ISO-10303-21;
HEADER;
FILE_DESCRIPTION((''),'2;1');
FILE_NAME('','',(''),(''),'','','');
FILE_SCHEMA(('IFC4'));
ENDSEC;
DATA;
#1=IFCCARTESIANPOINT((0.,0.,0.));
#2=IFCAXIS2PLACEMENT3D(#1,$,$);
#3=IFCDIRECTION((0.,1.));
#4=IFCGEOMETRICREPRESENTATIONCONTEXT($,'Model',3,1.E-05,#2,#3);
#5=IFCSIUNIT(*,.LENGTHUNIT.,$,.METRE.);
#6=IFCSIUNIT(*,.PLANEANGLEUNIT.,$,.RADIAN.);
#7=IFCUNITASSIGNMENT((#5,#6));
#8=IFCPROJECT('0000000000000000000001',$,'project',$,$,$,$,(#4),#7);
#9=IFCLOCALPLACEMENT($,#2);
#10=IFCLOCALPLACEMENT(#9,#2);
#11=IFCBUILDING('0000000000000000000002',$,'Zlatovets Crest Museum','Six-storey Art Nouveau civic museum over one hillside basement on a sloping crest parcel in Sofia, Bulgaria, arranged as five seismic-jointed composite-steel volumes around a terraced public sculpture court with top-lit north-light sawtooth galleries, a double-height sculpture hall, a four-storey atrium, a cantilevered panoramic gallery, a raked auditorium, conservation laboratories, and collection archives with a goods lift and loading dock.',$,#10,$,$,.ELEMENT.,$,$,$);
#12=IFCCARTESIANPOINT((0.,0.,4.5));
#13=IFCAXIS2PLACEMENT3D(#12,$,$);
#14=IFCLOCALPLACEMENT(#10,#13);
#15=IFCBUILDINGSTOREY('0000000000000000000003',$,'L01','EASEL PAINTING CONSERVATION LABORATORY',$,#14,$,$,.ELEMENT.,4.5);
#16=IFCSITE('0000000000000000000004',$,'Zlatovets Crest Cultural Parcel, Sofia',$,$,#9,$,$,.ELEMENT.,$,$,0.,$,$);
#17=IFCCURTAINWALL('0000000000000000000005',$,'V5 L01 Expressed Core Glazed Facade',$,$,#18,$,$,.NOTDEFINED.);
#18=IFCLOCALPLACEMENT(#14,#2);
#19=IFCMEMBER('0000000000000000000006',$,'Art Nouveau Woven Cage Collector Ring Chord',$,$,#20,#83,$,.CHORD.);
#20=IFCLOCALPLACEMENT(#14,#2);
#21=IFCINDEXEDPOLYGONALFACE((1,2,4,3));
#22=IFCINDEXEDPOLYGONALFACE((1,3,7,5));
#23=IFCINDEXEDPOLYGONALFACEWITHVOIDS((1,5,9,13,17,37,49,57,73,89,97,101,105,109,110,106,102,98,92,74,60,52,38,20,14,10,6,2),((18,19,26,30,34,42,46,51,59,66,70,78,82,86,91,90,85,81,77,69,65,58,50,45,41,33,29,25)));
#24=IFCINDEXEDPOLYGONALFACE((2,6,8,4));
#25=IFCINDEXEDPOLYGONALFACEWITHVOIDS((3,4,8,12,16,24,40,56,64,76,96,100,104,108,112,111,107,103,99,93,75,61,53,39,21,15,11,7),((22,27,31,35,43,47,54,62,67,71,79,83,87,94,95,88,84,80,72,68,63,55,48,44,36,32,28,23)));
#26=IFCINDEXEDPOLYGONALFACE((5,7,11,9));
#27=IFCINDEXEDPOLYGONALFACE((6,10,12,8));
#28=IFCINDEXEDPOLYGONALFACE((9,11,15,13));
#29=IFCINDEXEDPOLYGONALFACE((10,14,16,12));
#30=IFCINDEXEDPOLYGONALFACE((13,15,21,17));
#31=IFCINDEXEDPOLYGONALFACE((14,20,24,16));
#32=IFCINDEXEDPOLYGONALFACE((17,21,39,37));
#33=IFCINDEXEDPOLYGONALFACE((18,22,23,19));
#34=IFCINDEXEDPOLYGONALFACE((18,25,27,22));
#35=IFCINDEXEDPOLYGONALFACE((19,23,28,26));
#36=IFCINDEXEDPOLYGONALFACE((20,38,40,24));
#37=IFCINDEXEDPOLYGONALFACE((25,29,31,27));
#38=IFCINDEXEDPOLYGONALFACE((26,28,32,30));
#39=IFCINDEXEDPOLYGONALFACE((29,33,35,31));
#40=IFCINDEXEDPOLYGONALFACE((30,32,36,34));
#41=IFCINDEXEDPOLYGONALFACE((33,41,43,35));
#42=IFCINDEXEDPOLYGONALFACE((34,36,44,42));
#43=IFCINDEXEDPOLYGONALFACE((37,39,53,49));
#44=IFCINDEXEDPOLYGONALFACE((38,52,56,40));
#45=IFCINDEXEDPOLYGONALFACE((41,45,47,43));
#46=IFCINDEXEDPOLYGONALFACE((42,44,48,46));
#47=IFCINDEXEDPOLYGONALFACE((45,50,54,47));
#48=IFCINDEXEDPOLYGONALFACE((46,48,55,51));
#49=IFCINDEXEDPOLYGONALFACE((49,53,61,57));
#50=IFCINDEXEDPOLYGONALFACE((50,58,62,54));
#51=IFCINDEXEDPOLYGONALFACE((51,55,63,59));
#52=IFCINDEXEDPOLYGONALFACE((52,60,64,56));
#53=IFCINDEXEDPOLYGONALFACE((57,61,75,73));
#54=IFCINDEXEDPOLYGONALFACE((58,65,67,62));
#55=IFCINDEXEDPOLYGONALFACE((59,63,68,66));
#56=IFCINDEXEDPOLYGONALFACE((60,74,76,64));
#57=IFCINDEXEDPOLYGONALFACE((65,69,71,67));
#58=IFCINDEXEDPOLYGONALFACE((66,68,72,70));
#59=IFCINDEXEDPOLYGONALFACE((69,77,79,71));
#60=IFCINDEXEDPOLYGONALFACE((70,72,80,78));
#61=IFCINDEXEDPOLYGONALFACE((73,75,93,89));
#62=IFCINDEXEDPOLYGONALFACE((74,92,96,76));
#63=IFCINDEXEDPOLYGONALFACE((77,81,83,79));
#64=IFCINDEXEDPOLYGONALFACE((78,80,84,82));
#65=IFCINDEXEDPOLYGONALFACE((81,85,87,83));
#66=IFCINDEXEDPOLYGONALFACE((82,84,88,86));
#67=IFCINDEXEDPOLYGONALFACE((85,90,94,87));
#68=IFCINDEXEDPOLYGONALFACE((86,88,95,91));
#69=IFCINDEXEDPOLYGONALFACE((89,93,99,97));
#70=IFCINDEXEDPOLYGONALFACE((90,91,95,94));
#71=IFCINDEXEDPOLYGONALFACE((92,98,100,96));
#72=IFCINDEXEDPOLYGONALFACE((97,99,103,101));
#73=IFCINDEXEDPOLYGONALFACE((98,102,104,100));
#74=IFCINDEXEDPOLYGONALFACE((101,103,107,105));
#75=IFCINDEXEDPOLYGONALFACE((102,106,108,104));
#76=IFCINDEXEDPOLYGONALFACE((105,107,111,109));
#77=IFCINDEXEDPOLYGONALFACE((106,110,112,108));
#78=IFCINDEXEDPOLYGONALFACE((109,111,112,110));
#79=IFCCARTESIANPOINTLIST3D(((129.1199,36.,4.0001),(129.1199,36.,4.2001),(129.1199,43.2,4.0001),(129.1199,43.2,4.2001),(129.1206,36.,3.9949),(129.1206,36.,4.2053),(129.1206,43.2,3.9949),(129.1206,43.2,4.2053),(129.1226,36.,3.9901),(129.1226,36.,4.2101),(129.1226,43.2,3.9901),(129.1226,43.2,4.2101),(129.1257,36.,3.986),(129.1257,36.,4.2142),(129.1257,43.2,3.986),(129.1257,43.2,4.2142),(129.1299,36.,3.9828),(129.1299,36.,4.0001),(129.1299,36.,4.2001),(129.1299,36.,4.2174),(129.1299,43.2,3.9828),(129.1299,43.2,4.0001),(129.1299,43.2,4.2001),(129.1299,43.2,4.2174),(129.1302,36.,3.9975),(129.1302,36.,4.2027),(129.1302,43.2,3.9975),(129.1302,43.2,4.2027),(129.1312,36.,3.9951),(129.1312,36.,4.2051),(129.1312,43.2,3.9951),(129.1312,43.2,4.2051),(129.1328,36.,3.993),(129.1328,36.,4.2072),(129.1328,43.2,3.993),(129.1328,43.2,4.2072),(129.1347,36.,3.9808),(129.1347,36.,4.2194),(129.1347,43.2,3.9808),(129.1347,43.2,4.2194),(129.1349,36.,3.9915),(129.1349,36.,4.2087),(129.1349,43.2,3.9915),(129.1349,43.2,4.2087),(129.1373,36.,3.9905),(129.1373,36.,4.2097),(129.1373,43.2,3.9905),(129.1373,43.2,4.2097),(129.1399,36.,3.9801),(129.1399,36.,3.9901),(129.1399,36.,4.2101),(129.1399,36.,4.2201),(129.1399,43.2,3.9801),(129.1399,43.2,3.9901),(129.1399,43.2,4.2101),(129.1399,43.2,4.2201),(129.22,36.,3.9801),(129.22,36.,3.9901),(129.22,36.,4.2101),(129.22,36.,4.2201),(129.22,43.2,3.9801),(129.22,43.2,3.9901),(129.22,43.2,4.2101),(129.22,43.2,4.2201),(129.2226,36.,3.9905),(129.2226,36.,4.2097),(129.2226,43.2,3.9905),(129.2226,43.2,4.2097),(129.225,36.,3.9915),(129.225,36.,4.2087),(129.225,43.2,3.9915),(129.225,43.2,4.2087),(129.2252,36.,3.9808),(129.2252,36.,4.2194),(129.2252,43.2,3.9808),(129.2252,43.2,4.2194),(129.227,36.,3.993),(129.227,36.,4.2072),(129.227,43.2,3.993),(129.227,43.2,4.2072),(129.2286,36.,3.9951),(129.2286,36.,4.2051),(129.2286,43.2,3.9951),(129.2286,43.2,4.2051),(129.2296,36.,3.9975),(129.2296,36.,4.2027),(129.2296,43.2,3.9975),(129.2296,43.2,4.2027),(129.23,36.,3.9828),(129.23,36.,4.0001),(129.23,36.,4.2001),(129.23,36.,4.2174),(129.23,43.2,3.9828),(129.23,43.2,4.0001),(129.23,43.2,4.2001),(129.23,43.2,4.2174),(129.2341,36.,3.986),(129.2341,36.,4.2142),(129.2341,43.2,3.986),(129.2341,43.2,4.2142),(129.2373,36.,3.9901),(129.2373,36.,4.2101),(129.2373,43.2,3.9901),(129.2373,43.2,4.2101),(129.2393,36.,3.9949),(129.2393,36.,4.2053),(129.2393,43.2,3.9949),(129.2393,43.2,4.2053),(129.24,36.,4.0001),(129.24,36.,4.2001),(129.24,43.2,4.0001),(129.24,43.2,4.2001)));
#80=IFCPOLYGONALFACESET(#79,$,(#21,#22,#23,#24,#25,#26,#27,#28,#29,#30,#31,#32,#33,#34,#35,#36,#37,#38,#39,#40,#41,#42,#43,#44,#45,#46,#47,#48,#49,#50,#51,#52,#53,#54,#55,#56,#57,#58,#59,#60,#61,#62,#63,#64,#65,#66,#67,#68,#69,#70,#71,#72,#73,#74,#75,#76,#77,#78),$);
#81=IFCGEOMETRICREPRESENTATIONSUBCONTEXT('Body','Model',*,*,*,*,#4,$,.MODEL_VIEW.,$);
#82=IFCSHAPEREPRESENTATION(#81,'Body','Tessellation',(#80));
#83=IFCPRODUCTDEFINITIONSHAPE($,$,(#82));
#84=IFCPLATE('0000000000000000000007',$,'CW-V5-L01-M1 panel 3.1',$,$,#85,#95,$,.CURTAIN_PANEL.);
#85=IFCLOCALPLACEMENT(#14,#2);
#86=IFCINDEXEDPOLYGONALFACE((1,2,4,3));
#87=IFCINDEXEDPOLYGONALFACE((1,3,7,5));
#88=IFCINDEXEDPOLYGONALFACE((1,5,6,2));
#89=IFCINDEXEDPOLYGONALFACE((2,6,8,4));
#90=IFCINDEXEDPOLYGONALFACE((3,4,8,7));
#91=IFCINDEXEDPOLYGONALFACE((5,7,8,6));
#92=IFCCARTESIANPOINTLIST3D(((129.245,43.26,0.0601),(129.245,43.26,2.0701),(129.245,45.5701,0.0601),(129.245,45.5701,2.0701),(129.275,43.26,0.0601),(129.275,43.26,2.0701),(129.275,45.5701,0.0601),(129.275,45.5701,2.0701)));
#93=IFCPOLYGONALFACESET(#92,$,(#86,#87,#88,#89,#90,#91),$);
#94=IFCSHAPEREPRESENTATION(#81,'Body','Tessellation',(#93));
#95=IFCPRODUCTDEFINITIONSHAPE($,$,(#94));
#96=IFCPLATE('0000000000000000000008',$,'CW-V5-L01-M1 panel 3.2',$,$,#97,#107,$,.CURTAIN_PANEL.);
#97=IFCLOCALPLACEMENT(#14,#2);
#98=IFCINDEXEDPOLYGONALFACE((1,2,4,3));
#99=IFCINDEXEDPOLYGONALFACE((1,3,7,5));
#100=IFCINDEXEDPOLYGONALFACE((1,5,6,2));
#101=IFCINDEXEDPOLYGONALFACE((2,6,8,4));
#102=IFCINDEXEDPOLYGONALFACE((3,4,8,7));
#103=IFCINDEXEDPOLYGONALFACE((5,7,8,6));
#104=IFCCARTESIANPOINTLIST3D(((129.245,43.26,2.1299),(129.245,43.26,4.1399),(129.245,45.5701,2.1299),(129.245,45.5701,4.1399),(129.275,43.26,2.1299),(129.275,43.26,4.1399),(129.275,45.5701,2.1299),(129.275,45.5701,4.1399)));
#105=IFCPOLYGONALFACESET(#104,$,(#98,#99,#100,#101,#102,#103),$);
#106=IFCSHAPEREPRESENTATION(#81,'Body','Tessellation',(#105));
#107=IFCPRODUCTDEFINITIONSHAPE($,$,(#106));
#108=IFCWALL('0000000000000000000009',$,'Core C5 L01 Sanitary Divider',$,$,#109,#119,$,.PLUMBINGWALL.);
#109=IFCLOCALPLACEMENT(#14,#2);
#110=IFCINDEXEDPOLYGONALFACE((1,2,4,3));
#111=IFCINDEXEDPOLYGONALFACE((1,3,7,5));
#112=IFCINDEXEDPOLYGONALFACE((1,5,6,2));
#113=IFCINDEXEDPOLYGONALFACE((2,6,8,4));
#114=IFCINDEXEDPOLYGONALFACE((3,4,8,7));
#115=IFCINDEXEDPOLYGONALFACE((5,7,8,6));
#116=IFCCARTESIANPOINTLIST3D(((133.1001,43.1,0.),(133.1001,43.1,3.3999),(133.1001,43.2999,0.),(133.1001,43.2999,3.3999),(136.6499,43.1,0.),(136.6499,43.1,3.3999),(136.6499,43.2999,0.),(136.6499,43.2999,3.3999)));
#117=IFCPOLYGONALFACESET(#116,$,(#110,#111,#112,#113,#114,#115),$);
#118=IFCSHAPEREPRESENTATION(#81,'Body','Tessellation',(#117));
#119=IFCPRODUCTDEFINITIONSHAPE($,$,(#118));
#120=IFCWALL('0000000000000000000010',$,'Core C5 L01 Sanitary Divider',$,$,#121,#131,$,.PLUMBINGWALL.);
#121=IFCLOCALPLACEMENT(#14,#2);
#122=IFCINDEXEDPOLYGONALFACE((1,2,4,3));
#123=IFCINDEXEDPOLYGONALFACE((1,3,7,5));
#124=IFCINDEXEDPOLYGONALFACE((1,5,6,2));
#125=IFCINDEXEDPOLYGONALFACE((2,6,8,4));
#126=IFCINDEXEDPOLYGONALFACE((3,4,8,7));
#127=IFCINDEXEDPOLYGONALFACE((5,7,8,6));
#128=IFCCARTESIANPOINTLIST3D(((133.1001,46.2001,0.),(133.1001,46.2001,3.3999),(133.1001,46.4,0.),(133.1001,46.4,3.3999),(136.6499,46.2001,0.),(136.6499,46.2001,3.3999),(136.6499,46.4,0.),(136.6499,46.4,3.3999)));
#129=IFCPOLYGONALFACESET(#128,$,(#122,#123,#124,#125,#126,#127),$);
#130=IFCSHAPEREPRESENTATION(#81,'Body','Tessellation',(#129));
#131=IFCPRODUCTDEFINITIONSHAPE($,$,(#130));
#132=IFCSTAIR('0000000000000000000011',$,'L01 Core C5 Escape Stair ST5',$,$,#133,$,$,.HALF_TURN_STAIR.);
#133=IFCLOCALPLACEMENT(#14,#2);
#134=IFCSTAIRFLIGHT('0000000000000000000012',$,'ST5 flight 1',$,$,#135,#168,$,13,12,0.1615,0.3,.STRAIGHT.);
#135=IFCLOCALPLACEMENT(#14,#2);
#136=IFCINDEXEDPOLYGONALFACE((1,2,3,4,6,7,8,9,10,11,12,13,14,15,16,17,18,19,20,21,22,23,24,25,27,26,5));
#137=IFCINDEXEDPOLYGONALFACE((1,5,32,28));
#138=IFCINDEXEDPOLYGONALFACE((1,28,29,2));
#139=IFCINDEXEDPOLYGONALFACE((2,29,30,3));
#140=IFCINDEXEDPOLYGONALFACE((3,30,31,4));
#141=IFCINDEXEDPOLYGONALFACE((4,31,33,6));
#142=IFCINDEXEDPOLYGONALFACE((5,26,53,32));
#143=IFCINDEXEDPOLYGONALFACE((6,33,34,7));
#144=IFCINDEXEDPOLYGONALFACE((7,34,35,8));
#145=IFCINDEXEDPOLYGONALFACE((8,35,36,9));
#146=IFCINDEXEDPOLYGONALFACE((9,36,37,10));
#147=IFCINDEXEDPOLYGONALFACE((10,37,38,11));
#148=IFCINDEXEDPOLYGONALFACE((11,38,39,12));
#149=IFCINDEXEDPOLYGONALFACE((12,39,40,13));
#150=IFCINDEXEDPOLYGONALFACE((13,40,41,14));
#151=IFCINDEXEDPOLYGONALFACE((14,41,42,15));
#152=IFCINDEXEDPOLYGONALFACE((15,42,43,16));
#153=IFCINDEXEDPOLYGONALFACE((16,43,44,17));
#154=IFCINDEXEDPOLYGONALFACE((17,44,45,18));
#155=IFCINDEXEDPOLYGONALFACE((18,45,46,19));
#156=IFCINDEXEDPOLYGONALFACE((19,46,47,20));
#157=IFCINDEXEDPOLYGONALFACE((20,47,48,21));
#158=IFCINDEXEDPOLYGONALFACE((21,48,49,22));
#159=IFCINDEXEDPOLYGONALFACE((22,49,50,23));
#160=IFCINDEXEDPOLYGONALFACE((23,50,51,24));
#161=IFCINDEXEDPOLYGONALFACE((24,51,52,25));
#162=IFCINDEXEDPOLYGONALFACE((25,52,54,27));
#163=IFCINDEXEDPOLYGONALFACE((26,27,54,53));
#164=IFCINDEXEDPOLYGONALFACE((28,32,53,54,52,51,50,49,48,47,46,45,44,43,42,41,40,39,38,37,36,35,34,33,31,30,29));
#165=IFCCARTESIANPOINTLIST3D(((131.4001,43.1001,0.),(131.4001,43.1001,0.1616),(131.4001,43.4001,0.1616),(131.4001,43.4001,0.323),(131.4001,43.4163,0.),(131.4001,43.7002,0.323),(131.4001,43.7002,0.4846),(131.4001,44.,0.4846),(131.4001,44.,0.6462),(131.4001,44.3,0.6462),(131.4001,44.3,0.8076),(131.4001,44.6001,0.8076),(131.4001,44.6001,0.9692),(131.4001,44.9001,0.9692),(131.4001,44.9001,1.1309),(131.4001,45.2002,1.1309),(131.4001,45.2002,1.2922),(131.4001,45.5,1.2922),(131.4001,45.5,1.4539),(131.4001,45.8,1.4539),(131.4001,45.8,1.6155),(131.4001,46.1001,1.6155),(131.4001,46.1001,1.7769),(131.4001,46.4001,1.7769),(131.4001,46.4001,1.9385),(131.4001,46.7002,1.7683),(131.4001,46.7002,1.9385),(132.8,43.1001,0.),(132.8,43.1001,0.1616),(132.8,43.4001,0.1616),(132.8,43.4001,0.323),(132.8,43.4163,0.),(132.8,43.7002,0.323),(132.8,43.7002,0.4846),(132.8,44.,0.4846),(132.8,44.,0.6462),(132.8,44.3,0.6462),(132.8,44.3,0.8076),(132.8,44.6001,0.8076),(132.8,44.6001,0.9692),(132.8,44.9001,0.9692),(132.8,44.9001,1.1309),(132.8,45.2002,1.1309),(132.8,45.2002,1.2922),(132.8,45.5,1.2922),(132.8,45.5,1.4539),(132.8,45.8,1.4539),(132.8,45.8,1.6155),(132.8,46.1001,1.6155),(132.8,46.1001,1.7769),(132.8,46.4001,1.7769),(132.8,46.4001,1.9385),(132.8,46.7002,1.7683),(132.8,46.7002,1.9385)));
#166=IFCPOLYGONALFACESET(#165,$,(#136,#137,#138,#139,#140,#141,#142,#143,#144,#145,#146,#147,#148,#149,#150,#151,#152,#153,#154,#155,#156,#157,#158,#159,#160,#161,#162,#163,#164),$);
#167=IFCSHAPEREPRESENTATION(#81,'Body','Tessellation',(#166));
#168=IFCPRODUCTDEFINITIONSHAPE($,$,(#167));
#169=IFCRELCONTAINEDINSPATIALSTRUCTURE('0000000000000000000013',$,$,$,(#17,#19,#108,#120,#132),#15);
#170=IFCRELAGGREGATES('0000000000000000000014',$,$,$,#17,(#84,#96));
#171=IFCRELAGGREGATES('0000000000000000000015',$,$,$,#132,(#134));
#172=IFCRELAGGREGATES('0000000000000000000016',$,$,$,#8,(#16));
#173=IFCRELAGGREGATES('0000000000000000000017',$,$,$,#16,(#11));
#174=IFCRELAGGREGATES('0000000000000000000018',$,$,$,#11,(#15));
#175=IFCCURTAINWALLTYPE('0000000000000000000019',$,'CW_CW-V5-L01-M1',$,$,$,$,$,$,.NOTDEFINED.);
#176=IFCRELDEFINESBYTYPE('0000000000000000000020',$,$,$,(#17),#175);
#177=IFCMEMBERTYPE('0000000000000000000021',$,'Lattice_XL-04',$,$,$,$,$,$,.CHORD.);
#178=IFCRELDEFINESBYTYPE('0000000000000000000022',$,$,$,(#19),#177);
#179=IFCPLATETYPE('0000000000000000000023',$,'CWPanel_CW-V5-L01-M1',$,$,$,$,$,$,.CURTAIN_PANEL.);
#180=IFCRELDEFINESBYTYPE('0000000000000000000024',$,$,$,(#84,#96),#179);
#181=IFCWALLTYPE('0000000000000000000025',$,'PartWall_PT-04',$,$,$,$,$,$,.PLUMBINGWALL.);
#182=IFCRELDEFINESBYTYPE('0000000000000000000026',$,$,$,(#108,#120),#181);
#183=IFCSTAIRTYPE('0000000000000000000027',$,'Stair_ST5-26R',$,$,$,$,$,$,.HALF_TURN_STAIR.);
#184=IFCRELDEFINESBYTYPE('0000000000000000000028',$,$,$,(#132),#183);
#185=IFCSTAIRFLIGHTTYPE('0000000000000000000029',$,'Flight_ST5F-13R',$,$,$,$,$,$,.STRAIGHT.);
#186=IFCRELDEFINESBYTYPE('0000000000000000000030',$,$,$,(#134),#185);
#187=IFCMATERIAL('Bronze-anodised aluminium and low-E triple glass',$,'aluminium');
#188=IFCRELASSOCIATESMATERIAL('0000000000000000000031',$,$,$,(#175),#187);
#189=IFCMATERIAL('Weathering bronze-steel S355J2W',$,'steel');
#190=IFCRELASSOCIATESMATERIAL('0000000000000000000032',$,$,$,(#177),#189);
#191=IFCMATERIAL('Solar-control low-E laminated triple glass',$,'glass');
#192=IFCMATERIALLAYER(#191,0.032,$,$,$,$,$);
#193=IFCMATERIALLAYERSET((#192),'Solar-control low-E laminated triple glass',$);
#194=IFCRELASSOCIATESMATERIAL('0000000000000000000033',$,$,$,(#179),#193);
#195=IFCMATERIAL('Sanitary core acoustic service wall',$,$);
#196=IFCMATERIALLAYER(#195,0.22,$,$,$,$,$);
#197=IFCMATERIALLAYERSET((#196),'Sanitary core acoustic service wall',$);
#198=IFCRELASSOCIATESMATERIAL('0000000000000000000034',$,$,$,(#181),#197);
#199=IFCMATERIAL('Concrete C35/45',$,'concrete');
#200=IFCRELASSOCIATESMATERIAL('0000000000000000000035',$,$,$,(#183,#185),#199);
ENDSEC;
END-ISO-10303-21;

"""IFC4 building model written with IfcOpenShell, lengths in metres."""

from ifc_helpers import new_model, si_unit, direction, frame, frame_2d, origin, origin_2d, place, context, subcontext, project, spatial, polyline, rectangle, hollow_rectangle, outline, extrude, material, layer, layer_set, material_profile, profile_set, type_object, element, aggregate, save


model = new_model("IFC4")

# Units and contexts
model_context = context("Model", 3, precision=1e-05, world=origin(), true_north=direction((0.0, 1.0)))
body_context = subcontext(model_context, "Body", "Model", "MODEL_VIEW")
ifc_project = project(units=[si_unit("LENGTHUNIT", "METRE"), si_unit("PLANEANGLEUNIT", "RADIAN")], contexts=[model_context])

# Site, building, storey
site_placement = place(None, origin())
site = spatial("IfcSite", under=ifc_project, at=site_placement, Name="Zlatovets Crest Cultural Parcel, Sofia", CompositionType="ELEMENT", RefElevation=0.0)
building_placement = place(site_placement, origin())
building = spatial("IfcBuilding", under=site, at=building_placement, Name="Zlatovets Crest Museum", Description="Six-storey Art Nouveau civic museum over one hillside basement on a sloping crest parcel in Sofia, Bulgaria, arranged as five seismic-jointed composite-steel volumes around a terraced public sculpture court with top-lit north-light sawtooth galleries, a double-height sculpture hall, a four-storey atrium, a cantilevered panoramic gallery, a raked auditorium, conservation laboratories, and collection archives with a goods lift and loading dock.", CompositionType="ELEMENT")
storey_placement = place(building_placement, frame((0.0, 0.0, 4.5)))
storey = spatial("IfcBuildingStorey", under=building, at=storey_placement, Name="L01", Description="EASEL PAINTING CONSERVATION LABORATORY", CompositionType="ELEMENT", Elevation=4.5)

# Curtain wall
ifc_material_1 = material(Name="Bronze-anodised aluminium and low-E triple glass", Category="aluminium")
curtain_wall_type_1 = type_object("IfcCurtainWallType", Name="CW_CW-V5-L01-M1", PredefinedType="NOTDEFINED", material=ifc_material_1)
curtain_wall_1_placement = place(storey_placement, origin())
curtain_wall_1 = element("IfcCurtainWall", 1, at=curtain_wall_1_placement, inside=storey, type_object=curtain_wall_type_1, Name="V5 L01 Expressed Core Glazed Facade", PredefinedType="NOTDEFINED")

# Member
ifc_material_2 = material(Name="Weathering bronze-steel S355J2W", Category="steel")
ifc_material_profile_1 = material_profile(ifc_material_2, hollow_rectangle(XDim=0.1201, YDim=0.24, WallThickness=0.01, InnerFilletRadius=0.01, OuterFilletRadius=0.02, at=origin_2d()), Name="RHS 120x240x10.0")
ifc_profile_set_1 = profile_set([ifc_material_profile_1], Name="Weathering bronze-steel S355J2W")
member_type_1 = type_object("IfcMemberType", Name="Lattice_XL-04", PredefinedType="CHORD", material=ifc_profile_set_1)
member_1_placement = place(storey_placement, frame((129.1799, 43.2, 4.1001), z_axis=(0.0, -1.0, 0.0), x_axis=(1.0, 0.0, 0.0)))
element("IfcMember", 2, at=member_1_placement, inside=storey, type_object=member_type_1, Name="Art Nouveau Woven Cage Collector Ring Chord", PredefinedType="CHORD", context=body_context, shape_type="SweptSolid", body=[
    extrude(hollow_rectangle(XDim=0.1201, YDim=0.24, WallThickness=0.01, InnerFilletRadius=0.01, OuterFilletRadius=0.02, at=origin_2d()), origin(), (0.0, 0.0, 1.0), 7.2),
])

# Plates
ifc_material_3 = material(Name="Solar-control low-E laminated triple glass", Category="glass")
ifc_layer_1 = layer(ifc_material_3, 0.032)
ifc_layer_set_1 = layer_set([ifc_layer_1], Name="Solar-control low-E laminated triple glass")
plate_type = type_object("IfcPlateType", Name="CWPanel_CW-V5-L01-M1", PredefinedType="CURTAIN_PANEL", material=ifc_layer_set_1)
plate_1_placement = place(storey_placement, frame((129.26, 44.415, 0.0601), z_axis=(0.0, 0.0, 1.0), x_axis=(0.0, -1.0, 0.0)))
plate_1 = element("IfcPlate", 3, at=plate_1_placement, type_object=plate_type, Name="CW-V5-L01-M1 panel 3.1", PredefinedType="CURTAIN_PANEL", context=body_context, shape_type="SweptSolid", body=[
    extrude(rectangle(XDim=2.3101, YDim=0.03, at=origin_2d()), origin(), (0.0, 0.0, 1.0), 2.01),
])
plate_2_placement = place(storey_placement, frame((129.26, 44.415, 2.1299), z_axis=(0.0, 0.0, 1.0), x_axis=(0.0, -1.0, 0.0)))
plate_2 = element("IfcPlate", 4, at=plate_2_placement, type_object=plate_type, Name="CW-V5-L01-M1 panel 3.2", PredefinedType="CURTAIN_PANEL", context=body_context, shape_type="SweptSolid", body=[
    extrude(rectangle(XDim=2.3101, YDim=0.03, at=origin_2d()), origin(), (0.0, 0.0, 1.0), 2.01),
])
aggregate(curtain_wall_1, [plate_1, plate_2])

# Walls
ifc_material_4 = material(Name="Sanitary core acoustic service wall")
ifc_layer_2 = layer(ifc_material_4, 0.22)
ifc_layer_set_2 = layer_set([ifc_layer_2], Name="Sanitary core acoustic service wall")
wall_type = type_object("IfcWallType", Name="PartWall_PT-04", PredefinedType="PLUMBINGWALL", material=ifc_layer_set_2)
for number, where, z_axis, x_axis, name in (
    (5, (133.1001, 43.2, 0.0), (0.0, 0.0, 1.0), (1.0, 0.0, 0.0), "Core C5 L01 Sanitary Divider"),
    (6, (133.1001, 46.3, 0.0), (0.0, 0.0, 1.0), (1.0, 0.0, 0.0), "Core C5 L01 Sanitary Divider"),
):
    element("IfcWall", number, at=place(storey_placement, frame(where, z_axis=z_axis, x_axis=x_axis)), inside=storey, type_object=wall_type, Name=name, PredefinedType="PLUMBINGWALL", context=body_context, shape_type="SweptSolid", body=[
        extrude(rectangle(XDim=3.5498, YDim=0.2, at=frame_2d((1.7749, 0.0))), origin(), (0.0, 0.0, 1.0), 3.3999),
    ])

# Stair, stair flight
ifc_material_5 = material(Name="Concrete C35/45", Category="concrete")
stair_type = type_object("IfcStairType", Name="Stair_ST5-26R", PredefinedType="HALF_TURN_STAIR", material=ifc_material_5)
stair_placement = place(storey_placement, origin())
stair = element("IfcStair", 7, at=stair_placement, inside=storey, type_object=stair_type, Name="L01 Core C5 Escape Stair ST5", PredefinedType="HALF_TURN_STAIR")
stair_flight_type = type_object("IfcStairFlightType", Name="Flight_ST5F-13R", PredefinedType="STRAIGHT", material=ifc_material_5)
stair_flight_1_placement = place(storey_placement, frame((132.1001, 43.1001, 0.0), z_axis=(0.0, 0.0, 1.0), x_axis=(0.0, 1.0, 0.0)))
stair_flight_1 = element("IfcStairFlight", 8, at=stair_flight_1_placement, type_object=stair_flight_type, Name="ST5 flight 1", NumberOfRisers=13, NumberOfTreads=12, PredefinedType="STRAIGHT", RiserHeight=0.1615, TreadLength=0.3, context=body_context, shape_type="SweptSolid", body=[
    extrude(outline(polyline([(0.0, 0.0), (0.0, 0.1616), (0.3, 0.1616), (0.3, 0.323), (0.6001, 0.323), (0.6001, 0.4846), (0.8999, 0.4846), (0.8999, 0.6462), (1.2, 0.6462), (1.2, 0.8076), (1.5, 0.8076), (1.5, 0.9692), (1.8, 0.9692), (1.8, 1.1309), (2.1001, 1.1309), (2.1001, 1.2922), (2.3999, 1.2922), (2.3999, 1.4539), (2.7, 1.4539), (2.7, 1.6155), (3.0, 1.6155), (3.0, 1.7769), (3.3, 1.7769), (3.3, 1.9385), (3.6001, 1.9385), (3.6001, 2.1001), (3.6001, 1.7683), (0.3162, 0.0), (0.0, 0.0)])), frame((0.0, 0.7, 0.0), z_axis=(0.0, -1.0, 0.0), x_axis=(1.0, 0.0, 0.0)), (0.0, 0.0, 1.0), 1.3999),
])
aggregate(stair, [stair_flight_1])

save(model, "model.ifc")
